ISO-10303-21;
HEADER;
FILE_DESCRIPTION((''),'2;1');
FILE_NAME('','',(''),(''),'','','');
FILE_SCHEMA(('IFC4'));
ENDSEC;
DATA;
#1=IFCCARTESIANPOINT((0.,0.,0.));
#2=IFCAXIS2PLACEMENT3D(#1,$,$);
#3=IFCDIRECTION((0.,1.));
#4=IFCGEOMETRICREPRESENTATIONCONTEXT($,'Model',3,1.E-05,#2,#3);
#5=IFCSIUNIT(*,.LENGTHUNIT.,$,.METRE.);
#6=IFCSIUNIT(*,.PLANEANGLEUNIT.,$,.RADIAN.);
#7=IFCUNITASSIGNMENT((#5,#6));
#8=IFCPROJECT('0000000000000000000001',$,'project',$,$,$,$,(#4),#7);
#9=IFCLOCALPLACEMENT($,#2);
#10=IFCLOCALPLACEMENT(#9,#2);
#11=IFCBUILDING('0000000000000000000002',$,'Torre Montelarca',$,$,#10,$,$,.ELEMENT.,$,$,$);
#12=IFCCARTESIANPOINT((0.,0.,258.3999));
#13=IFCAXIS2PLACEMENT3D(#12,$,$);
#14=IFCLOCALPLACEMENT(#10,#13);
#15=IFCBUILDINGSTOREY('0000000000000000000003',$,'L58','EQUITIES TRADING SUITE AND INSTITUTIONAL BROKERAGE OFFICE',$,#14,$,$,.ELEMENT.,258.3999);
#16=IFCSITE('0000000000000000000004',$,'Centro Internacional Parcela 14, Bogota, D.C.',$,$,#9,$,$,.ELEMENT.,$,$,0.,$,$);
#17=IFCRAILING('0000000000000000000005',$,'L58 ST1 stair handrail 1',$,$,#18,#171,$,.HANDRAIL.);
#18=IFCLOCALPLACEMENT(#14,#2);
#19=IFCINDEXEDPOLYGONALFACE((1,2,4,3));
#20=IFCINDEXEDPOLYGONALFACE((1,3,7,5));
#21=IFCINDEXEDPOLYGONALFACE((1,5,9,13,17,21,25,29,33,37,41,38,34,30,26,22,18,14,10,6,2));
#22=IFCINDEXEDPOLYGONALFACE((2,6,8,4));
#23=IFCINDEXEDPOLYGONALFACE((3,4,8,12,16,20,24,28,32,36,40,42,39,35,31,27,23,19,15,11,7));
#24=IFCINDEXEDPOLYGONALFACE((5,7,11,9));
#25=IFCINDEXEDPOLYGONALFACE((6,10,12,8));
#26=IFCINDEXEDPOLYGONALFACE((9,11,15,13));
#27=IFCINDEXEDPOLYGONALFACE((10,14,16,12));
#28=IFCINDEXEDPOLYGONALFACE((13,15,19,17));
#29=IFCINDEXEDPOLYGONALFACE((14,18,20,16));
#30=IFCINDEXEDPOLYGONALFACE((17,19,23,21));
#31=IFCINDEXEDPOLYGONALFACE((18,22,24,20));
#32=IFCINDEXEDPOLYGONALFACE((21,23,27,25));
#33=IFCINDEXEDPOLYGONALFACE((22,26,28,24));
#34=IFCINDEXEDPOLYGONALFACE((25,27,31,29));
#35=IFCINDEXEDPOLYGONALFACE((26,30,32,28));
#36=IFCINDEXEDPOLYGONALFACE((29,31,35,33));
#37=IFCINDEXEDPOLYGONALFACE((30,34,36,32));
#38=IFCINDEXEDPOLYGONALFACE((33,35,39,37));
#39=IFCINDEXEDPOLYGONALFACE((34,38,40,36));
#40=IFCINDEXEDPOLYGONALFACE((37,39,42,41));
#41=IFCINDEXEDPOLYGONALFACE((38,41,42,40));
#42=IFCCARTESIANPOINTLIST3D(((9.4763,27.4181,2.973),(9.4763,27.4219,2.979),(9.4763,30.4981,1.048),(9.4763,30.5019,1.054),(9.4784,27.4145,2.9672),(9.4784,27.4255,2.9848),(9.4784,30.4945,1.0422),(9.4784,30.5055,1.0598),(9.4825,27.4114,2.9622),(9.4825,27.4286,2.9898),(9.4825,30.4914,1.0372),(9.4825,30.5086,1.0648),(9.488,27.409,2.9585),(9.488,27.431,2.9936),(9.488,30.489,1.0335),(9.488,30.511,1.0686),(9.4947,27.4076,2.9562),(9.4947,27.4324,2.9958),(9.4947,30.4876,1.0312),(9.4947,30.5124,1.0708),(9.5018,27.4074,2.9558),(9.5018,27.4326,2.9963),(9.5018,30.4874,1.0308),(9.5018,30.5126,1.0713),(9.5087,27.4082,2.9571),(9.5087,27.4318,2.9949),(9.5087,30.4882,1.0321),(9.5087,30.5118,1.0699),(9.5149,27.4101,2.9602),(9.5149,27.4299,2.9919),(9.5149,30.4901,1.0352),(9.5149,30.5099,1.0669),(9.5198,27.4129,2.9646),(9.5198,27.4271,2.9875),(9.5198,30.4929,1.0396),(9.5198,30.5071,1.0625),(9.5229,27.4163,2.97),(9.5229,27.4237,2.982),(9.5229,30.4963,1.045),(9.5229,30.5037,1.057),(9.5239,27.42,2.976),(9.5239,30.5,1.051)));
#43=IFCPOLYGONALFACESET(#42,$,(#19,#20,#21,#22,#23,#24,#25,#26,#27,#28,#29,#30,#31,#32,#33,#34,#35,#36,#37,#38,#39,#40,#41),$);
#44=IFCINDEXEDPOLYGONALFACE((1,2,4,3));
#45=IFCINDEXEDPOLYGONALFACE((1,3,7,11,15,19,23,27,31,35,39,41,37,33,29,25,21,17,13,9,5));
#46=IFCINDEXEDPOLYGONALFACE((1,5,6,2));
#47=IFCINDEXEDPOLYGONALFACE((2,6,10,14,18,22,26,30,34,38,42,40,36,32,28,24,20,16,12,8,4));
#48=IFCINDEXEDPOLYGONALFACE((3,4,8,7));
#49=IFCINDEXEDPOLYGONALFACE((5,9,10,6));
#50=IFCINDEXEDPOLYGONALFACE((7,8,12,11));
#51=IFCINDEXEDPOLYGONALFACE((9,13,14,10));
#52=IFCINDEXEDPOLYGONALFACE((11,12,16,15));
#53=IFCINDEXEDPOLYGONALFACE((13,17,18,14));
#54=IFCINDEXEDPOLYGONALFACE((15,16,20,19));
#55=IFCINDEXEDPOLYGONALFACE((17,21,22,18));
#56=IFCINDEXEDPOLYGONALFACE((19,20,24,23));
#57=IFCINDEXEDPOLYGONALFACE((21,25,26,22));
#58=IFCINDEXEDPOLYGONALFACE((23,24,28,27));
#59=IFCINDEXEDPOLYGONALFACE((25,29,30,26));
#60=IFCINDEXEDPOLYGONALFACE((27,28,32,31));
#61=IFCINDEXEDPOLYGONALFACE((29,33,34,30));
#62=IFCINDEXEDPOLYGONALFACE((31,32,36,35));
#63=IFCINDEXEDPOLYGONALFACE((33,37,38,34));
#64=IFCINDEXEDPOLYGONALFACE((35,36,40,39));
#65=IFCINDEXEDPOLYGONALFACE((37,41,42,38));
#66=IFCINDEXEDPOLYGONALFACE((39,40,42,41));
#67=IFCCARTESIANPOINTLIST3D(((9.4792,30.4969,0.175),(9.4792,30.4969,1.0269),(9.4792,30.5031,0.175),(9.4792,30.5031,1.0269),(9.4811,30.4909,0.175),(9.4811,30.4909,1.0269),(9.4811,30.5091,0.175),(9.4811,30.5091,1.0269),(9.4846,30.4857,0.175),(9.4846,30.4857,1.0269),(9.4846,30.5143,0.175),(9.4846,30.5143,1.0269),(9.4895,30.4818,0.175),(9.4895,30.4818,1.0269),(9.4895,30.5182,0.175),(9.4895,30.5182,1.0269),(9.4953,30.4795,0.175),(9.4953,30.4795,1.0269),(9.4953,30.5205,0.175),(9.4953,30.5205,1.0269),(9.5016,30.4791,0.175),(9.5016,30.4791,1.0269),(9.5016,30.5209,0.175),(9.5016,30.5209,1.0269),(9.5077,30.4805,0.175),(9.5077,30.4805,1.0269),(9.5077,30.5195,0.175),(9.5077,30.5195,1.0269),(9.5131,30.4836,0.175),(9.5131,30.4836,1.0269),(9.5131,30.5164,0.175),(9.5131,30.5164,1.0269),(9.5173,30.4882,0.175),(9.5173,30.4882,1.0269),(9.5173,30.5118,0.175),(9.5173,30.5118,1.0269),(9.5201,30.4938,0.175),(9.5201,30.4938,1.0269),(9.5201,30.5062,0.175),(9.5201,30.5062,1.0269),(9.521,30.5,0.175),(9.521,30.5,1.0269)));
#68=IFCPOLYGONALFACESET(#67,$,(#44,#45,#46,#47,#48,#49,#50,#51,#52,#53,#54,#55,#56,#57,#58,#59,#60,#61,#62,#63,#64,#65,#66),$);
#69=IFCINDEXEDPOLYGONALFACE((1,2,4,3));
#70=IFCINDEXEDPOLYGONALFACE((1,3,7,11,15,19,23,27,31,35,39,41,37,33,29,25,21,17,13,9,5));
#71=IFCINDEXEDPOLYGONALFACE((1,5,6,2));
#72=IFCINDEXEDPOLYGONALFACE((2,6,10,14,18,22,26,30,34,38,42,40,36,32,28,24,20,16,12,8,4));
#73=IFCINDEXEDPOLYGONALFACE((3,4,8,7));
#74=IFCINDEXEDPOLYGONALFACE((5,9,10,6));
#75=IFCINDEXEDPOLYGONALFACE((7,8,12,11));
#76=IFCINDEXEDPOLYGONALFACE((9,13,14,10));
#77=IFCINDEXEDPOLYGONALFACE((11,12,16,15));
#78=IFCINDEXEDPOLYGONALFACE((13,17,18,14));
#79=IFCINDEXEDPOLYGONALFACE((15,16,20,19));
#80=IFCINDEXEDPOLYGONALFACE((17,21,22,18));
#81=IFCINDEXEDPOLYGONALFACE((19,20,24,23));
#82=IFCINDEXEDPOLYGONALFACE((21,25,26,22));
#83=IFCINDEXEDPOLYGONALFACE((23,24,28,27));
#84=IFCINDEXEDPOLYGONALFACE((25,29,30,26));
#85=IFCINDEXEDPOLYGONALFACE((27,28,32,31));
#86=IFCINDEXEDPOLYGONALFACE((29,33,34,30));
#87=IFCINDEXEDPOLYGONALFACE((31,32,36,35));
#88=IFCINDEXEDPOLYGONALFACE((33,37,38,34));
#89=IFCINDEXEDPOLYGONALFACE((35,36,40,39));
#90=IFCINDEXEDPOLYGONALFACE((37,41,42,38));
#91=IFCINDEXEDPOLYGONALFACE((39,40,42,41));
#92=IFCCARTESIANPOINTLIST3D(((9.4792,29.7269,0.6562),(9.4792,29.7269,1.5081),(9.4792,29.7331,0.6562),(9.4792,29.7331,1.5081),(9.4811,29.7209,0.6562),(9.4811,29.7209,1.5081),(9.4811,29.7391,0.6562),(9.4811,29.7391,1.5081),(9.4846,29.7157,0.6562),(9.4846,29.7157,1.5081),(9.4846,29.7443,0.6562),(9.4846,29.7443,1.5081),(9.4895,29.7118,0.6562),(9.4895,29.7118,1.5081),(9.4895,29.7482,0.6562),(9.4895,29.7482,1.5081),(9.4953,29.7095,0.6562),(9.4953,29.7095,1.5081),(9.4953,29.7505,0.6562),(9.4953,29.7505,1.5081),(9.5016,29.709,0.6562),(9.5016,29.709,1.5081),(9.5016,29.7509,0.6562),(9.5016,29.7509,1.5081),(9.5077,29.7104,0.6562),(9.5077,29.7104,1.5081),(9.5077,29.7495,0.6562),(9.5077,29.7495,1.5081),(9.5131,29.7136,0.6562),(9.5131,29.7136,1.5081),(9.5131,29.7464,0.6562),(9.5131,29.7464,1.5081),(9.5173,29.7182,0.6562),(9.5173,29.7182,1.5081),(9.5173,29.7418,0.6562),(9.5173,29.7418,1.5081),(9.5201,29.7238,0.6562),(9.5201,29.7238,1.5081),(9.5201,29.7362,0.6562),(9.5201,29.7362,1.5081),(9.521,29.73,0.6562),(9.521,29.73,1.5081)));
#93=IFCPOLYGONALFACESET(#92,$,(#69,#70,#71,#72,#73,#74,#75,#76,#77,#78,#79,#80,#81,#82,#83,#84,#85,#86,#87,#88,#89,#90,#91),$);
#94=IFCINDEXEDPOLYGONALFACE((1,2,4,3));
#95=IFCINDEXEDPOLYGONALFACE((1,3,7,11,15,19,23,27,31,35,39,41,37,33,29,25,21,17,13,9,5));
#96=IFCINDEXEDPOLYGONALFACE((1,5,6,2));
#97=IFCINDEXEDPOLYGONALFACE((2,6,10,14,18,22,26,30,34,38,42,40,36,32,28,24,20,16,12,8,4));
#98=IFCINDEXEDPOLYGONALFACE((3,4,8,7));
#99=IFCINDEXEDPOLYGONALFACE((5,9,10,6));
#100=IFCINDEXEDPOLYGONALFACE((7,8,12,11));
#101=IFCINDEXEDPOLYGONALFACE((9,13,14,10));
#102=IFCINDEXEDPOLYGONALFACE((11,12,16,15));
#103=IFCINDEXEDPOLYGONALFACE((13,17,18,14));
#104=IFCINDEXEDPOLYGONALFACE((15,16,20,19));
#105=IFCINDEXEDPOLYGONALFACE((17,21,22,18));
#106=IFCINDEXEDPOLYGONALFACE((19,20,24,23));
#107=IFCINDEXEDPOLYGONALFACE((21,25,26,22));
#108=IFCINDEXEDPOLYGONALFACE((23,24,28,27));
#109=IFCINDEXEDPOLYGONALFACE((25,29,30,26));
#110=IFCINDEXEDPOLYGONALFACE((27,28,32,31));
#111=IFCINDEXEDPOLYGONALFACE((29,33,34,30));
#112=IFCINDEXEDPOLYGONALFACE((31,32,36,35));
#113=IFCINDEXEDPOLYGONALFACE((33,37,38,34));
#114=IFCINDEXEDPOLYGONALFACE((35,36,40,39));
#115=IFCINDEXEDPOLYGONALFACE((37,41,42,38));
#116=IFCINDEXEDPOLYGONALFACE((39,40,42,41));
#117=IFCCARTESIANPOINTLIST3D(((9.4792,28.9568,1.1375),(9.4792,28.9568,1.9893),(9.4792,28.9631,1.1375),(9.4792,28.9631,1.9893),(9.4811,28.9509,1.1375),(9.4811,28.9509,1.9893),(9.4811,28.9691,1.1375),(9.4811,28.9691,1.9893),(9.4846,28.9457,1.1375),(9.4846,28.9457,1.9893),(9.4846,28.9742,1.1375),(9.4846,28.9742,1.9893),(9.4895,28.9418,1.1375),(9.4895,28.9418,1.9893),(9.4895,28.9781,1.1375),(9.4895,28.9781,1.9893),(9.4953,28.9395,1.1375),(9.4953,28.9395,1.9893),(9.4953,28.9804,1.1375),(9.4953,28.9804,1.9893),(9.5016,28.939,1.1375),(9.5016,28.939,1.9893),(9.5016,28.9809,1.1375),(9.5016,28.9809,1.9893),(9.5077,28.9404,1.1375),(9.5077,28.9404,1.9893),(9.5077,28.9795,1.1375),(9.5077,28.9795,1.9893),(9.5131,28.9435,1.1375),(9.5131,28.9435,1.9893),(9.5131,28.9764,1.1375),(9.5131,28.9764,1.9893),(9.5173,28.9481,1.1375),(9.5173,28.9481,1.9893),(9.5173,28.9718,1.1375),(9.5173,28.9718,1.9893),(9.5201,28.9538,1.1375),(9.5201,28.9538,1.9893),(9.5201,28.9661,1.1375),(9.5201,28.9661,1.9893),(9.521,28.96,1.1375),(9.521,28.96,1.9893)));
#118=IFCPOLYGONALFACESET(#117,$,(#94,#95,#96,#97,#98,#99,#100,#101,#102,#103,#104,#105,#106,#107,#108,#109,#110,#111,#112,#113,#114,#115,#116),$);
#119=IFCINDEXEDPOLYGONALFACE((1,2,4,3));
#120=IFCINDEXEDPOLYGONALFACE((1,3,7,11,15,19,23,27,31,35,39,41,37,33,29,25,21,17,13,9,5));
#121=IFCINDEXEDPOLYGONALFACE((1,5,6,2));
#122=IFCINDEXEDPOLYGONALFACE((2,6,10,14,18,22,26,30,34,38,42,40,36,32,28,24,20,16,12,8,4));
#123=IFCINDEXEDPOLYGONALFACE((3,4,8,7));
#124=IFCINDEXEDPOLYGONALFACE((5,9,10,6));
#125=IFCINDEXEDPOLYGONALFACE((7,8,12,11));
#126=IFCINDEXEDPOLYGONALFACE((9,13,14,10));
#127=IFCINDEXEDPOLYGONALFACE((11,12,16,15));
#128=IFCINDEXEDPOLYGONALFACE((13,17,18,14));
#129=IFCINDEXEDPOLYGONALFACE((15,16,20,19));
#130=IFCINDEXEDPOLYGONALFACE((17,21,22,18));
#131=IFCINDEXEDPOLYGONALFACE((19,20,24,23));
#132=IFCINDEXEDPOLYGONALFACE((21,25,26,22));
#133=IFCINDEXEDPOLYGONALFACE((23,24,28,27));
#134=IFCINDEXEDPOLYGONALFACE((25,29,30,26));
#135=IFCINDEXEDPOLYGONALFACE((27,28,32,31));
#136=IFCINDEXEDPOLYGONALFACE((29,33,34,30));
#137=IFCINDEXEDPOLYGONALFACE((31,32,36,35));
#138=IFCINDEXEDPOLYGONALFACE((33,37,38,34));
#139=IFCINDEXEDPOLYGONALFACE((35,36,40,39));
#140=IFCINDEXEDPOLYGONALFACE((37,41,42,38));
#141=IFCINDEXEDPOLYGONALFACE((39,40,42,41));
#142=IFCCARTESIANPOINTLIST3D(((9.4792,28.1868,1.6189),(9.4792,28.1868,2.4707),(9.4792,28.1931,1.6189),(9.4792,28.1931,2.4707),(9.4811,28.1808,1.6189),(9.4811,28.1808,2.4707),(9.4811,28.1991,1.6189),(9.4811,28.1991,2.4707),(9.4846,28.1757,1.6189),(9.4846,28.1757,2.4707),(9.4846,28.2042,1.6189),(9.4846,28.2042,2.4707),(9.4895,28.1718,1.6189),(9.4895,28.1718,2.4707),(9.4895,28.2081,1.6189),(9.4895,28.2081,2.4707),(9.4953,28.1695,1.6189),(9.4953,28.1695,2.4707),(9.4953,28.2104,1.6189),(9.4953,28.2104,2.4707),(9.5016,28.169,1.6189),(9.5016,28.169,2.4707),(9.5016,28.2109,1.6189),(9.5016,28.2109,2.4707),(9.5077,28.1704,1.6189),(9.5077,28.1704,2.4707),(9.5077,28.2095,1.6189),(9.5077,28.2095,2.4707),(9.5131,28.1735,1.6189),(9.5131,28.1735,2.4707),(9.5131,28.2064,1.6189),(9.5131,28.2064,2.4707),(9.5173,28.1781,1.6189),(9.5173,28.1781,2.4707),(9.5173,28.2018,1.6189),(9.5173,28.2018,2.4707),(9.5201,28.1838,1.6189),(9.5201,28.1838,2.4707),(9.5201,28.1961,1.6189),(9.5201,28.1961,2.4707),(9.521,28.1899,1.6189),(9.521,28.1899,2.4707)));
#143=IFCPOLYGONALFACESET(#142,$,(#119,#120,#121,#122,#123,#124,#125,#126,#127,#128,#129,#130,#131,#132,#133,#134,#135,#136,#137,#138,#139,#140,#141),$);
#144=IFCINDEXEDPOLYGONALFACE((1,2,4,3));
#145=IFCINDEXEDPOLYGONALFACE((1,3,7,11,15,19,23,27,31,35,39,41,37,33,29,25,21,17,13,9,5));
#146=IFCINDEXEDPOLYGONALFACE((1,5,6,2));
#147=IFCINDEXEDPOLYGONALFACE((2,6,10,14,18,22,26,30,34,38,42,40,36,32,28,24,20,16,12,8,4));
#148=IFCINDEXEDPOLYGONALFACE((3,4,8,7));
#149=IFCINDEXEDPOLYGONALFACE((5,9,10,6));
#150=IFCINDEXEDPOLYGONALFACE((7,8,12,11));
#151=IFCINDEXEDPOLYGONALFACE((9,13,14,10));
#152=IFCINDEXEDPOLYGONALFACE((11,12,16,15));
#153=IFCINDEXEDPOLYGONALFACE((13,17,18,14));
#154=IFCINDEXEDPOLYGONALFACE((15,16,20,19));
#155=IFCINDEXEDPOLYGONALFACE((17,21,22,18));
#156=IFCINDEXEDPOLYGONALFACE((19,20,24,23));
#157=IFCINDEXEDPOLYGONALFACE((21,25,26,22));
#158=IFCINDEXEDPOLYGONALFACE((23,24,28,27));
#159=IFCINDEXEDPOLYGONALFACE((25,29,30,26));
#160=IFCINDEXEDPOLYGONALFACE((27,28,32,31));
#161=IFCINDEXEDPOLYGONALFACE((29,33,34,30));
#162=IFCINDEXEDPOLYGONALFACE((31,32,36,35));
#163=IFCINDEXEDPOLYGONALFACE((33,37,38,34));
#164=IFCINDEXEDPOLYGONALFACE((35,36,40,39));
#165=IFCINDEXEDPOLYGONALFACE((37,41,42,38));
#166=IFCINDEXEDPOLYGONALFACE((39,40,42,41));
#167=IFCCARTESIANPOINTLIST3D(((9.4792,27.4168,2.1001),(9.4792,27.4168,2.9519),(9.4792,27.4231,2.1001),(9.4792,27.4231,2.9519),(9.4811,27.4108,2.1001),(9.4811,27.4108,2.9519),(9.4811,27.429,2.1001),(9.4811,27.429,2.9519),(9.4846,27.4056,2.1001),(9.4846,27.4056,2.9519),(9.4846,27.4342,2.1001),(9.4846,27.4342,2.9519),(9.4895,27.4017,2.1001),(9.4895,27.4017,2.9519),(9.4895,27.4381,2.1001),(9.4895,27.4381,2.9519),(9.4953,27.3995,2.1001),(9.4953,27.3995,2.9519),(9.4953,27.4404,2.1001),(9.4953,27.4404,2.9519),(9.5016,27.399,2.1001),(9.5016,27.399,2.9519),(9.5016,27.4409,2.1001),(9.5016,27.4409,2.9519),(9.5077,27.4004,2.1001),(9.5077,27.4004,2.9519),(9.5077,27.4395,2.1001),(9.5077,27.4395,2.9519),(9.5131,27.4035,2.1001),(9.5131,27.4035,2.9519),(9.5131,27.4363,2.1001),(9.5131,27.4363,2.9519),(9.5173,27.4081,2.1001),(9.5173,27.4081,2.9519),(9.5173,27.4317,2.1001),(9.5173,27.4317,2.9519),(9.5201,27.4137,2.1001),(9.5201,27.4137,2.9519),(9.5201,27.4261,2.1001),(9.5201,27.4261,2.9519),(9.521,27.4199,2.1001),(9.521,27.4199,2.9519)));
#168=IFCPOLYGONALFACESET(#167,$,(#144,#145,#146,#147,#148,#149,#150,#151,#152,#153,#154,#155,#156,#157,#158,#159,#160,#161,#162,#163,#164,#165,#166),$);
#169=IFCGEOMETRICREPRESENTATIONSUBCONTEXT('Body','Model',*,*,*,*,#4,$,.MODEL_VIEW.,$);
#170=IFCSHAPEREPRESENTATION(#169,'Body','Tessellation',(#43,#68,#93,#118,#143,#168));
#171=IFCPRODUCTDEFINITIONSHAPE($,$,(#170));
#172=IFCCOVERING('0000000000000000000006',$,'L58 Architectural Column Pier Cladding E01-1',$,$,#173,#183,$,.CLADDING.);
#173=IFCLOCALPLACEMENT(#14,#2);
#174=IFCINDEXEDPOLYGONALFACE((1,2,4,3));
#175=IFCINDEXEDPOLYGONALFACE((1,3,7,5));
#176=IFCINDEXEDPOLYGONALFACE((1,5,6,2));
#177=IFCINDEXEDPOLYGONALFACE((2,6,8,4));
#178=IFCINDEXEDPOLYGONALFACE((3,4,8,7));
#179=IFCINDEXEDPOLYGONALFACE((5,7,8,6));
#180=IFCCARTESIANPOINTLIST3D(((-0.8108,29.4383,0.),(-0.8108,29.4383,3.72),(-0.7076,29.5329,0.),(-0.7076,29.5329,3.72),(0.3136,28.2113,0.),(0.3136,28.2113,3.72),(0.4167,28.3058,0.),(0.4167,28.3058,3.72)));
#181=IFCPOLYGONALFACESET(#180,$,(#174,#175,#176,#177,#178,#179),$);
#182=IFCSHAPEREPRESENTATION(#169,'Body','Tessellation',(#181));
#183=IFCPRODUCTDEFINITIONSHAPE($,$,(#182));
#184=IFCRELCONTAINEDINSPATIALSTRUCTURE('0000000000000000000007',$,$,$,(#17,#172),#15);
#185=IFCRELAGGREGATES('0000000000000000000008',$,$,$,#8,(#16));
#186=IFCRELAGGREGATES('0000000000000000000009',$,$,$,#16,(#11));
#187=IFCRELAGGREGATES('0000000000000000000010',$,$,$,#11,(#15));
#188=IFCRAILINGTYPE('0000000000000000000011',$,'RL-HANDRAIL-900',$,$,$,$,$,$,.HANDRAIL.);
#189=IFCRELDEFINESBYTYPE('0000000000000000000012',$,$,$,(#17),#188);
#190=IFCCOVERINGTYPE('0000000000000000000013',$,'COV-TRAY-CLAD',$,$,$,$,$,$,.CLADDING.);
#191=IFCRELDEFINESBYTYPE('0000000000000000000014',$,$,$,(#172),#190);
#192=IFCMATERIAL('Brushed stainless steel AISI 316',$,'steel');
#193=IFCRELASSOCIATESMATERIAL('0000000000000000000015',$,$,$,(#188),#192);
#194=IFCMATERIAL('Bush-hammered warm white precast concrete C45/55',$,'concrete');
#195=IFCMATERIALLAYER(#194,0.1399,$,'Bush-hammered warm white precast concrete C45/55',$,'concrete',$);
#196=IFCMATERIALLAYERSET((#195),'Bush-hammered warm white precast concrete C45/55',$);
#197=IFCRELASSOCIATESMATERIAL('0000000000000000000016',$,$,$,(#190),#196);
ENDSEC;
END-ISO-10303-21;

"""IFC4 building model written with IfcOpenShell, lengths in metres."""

from ifc_helpers import new_model, si_unit, direction, frame, origin, origin_2d, place, context, subcontext, project, spatial, rectangle, circle, extrude, source, transform, mapped, material, layer, layer_set, type_object, element, save


model = new_model("IFC4")

# Units and contexts
model_context = context("Model", 3, precision=1e-05, world=origin(), true_north=direction((0.0, 1.0)))
body_context = subcontext(model_context, "Body", "Model", "MODEL_VIEW")
ifc_project = project(units=[si_unit("LENGTHUNIT", "METRE"), si_unit("PLANEANGLEUNIT", "RADIAN")], contexts=[model_context])

# Site, building, storey
site_placement = place(None, origin())
site = spatial("IfcSite", under=ifc_project, at=site_placement, Name="Centro Internacional Parcela 14, Bogota, D.C.", CompositionType="ELEMENT", RefElevation=0.0)
building_placement = place(site_placement, origin())
building = spatial("IfcBuilding", under=site, at=building_placement, Name="Torre Montelarca", CompositionType="ELEMENT")
storey_placement = place(building_placement, frame((0.0, 0.0, 258.3999)))
storey = spatial("IfcBuildingStorey", under=building, at=storey_placement, Name="L58", Description="EQUITIES TRADING SUITE AND INSTITUTIONAL BROKERAGE OFFICE", CompositionType="ELEMENT", Elevation=258.3999)

# Shared definitions
ifc_material_1 = material(Name="Brushed stainless steel AISI 316", Category="steel")

# Railing
railing_type_1 = type_object("IfcRailingType", Name="RL-HANDRAIL-900", PredefinedType="HANDRAIL", material=ifc_material_1)
railing_1_placement = place(storey_placement, frame((9.5, 30.5, 0.175)))
element("IfcRailing", 1, at=railing_1_placement, inside=storey, type_object=railing_type_1, Name="L58 ST1 stair handrail 1", PredefinedType="HANDRAIL", context=body_context, shape_type="SweptSolid", body=[
    extrude(circle(Radius=0.0239, at=origin_2d()), frame((0.0, 0.0, 0.876), z_axis=(0.0, -0.847998, 0.529999), x_axis=(1.0, 0.0, 0.0)), (0.0, 0.0, 1.0), 3.6321),
    extrude(circle(Radius=0.021, at=origin_2d()), origin(), (0.0, 0.0, 1.0), 0.8518),
    extrude(circle(Radius=0.021, at=origin_2d()), frame((0.0, -0.77, 0.4812)), (0.0, 0.0, 1.0), 0.8518),
    extrude(circle(Radius=0.021, at=origin_2d()), frame((0.0, -1.54, 0.9624)), (0.0, 0.0, 1.0), 0.8518),
    extrude(circle(Radius=0.021, at=origin_2d()), frame((0.0, -2.3101, 1.4438)), (0.0, 0.0, 1.0), 0.8518),
    extrude(circle(Radius=0.021, at=origin_2d()), frame((0.0, -3.0801, 1.925)), (0.0, 0.0, 1.0), 0.8518),
])

# Covering
ifc_material_2 = material(Name="Bush-hammered warm white precast concrete C45/55", Category="concrete")
ifc_layer_1 = layer(ifc_material_2, 0.1399, Name="Bush-hammered warm white precast concrete C45/55", Category="concrete")
ifc_layer_set_1 = layer_set([ifc_layer_1], Name="Bush-hammered warm white precast concrete C45/55")
covering_type = type_object("IfcCoveringType", Name="COV-TRAY-CLAD", PredefinedType="CLADDING", material=ifc_layer_set_1)
shared_shape_1 = source(origin(), body_context, "Body", "SweptSolid", [
    extrude(rectangle(XDim=1.6643, YDim=0.1399, at=origin_2d()), origin(), (0.0, 0.0, 1.0), 3.72),
])
covering_placement = place(storey_placement, frame((-0.197, 28.8721, 0.0), z_axis=(0.0, 0.0, 1.0), x_axis=(0.67559, -0.737277, 0.0)))
element("IfcCovering", 2, at=covering_placement, inside=storey, type_object=covering_type, Name="L58 Architectural Column Pier Cladding E01-1", PredefinedType="CLADDING", context=body_context, shape_type="MappedRepresentation", body=[
    mapped(shared_shape_1, transform((0.0, 0.0, 0.0), scale=1.0)),
])

save(model, "model.ifc")
